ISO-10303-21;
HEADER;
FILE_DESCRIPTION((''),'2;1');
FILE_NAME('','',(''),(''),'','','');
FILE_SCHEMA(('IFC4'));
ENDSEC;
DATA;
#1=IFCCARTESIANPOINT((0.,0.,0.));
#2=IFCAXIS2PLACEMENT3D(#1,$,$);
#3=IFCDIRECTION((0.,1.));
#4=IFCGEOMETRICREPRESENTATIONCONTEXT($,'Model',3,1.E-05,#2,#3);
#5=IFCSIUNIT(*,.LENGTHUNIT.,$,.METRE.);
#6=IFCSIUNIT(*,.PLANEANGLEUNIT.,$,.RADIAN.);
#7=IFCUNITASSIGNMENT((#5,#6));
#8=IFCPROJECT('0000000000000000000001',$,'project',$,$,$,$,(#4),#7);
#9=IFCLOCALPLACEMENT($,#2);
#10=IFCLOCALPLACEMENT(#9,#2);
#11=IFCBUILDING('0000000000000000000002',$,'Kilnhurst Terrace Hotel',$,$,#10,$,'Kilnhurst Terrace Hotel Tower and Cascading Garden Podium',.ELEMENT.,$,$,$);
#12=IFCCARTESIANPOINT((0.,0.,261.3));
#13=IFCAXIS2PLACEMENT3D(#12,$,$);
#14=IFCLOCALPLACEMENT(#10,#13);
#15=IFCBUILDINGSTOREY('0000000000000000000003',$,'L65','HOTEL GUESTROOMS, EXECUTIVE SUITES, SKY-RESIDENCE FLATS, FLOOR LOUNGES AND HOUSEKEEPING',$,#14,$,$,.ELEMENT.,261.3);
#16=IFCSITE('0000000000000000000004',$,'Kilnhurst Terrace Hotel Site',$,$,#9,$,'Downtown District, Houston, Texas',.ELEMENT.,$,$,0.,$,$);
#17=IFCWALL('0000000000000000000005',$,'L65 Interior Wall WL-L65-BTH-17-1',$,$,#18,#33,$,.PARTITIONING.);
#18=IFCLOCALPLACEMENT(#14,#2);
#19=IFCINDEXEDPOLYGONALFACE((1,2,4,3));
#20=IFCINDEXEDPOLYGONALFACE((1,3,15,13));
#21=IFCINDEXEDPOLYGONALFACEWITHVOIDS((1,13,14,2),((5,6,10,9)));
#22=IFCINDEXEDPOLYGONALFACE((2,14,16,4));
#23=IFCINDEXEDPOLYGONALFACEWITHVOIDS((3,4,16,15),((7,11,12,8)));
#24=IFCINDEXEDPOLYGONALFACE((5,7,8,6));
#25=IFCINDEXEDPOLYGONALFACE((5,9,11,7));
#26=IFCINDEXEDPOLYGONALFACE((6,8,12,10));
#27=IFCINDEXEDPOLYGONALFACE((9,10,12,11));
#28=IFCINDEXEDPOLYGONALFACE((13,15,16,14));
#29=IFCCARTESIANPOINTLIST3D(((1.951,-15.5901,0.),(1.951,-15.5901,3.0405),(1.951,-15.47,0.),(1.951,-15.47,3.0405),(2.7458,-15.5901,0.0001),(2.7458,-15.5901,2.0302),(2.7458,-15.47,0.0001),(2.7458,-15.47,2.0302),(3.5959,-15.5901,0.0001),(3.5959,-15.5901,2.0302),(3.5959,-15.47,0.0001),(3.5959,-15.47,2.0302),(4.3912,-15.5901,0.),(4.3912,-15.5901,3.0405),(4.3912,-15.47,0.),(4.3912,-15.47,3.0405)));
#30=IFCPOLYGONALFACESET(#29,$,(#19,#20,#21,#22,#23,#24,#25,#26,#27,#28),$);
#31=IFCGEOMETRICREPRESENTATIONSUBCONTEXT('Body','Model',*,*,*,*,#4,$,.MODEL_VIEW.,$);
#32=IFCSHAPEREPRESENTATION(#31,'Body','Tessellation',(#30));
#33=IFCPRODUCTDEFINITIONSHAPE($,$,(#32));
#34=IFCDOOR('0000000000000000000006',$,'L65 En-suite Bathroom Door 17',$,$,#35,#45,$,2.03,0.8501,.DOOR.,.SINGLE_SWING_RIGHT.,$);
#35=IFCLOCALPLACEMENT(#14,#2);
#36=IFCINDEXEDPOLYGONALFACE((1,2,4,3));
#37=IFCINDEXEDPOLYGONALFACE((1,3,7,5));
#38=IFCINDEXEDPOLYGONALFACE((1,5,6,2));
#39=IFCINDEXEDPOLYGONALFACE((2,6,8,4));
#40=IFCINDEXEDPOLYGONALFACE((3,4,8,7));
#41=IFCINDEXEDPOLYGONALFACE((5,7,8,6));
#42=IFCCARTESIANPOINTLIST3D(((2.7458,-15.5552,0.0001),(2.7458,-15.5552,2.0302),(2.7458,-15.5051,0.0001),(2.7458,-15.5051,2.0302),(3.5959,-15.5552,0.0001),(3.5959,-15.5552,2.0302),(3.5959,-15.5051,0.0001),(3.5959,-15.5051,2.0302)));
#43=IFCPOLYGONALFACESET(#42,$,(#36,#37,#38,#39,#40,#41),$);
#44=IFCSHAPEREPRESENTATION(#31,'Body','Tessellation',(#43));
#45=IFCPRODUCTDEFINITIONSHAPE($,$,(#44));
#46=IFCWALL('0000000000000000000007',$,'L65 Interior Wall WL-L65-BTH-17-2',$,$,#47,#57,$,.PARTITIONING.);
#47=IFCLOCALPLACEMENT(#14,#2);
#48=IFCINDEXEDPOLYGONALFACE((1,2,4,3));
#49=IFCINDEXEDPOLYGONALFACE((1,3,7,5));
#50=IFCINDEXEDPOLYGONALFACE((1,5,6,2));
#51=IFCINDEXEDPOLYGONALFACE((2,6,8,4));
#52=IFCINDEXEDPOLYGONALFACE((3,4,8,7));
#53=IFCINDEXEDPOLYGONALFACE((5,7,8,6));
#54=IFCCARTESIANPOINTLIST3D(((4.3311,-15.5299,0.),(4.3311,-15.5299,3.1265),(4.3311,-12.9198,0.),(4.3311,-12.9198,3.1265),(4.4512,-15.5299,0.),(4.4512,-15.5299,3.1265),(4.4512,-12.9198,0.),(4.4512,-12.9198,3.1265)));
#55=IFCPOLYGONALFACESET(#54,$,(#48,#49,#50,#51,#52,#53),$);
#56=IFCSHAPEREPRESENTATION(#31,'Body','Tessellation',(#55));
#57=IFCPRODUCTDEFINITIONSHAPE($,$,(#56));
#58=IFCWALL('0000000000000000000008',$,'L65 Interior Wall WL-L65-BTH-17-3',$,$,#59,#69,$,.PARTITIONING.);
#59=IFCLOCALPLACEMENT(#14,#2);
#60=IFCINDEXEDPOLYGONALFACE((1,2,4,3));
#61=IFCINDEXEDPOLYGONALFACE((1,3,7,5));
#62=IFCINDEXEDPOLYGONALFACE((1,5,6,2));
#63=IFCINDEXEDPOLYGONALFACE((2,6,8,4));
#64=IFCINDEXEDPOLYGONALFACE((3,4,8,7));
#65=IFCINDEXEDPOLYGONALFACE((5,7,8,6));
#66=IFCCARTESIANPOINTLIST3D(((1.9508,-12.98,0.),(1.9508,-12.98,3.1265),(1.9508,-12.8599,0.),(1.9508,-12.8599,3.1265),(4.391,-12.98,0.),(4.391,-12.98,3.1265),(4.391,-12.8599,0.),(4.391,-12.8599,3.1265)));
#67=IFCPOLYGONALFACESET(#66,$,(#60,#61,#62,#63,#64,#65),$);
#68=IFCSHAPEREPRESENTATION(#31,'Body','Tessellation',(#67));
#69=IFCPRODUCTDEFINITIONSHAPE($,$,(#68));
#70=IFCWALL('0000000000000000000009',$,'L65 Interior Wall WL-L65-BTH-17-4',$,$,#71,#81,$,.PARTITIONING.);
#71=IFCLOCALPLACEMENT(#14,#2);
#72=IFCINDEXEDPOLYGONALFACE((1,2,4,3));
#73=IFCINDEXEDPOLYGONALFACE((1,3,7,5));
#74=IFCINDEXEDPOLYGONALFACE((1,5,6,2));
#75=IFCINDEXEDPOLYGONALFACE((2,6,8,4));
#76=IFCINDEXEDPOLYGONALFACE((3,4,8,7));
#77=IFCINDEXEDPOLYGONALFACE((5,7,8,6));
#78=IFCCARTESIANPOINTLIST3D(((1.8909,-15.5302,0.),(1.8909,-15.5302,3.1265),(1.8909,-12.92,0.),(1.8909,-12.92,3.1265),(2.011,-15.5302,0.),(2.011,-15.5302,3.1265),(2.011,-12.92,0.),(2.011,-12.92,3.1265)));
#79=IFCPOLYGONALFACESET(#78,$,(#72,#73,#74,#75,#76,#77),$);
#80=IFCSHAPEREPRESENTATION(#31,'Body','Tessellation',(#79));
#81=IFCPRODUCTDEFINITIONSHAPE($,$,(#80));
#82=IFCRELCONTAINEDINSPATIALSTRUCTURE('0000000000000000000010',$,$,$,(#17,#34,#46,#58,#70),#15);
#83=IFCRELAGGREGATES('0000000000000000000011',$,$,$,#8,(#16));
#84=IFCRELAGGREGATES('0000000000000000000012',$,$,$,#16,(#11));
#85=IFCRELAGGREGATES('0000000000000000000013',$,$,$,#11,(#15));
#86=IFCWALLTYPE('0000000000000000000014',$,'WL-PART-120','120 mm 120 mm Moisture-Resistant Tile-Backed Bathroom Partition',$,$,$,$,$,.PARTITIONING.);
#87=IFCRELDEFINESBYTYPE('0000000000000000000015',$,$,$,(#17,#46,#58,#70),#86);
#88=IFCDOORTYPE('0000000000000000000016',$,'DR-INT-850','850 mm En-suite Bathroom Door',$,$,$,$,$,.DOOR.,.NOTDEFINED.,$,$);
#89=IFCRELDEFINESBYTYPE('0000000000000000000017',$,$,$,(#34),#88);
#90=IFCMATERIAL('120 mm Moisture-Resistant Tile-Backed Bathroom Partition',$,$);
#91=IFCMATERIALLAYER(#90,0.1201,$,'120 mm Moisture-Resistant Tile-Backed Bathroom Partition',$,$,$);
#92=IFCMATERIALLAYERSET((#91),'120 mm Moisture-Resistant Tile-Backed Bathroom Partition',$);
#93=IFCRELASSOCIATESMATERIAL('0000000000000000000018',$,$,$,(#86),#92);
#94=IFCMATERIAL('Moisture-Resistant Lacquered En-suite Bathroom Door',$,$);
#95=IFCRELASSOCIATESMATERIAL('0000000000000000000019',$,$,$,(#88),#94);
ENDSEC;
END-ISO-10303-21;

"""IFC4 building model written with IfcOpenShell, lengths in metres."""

from ifc_helpers import new_model, si_unit, direction, frame, frame_2d, origin, place, context, subcontext, project, spatial, rectangle, extrude, material, layer, layer_set, type_object, element, fill, save


model = new_model("IFC4")

# Units and contexts
model_context = context("Model", 3, precision=1e-05, world=origin(), true_north=direction((0.0, 1.0)))
body_context = subcontext(model_context, "Body", "Model", "MODEL_VIEW")
ifc_project = project(units=[si_unit("LENGTHUNIT", "METRE"), si_unit("PLANEANGLEUNIT", "RADIAN")], contexts=[model_context])

# Site, building, storey
site_placement = place(None, origin())
site = spatial("IfcSite", under=ifc_project, at=site_placement, Name="Kilnhurst Terrace Hotel Site", LongName="Downtown District, Houston, Texas", CompositionType="ELEMENT", RefElevation=0.0)
building_placement = place(site_placement, origin())
building = spatial("IfcBuilding", under=site, at=building_placement, Name="Kilnhurst Terrace Hotel", LongName="Kilnhurst Terrace Hotel Tower and Cascading Garden Podium", CompositionType="ELEMENT")
storey_placement = place(building_placement, frame((0.0, 0.0, 261.3)))
storey = spatial("IfcBuildingStorey", under=building, at=storey_placement, Name="L65", Description="HOTEL GUESTROOMS, EXECUTIVE SUITES, SKY-RESIDENCE FLATS, FLOOR LOUNGES AND HOUSEKEEPING", CompositionType="ELEMENT", Elevation=261.3)

# Wall, opening, door
ifc_material_1 = material(Name="120 mm Moisture-Resistant Tile-Backed Bathroom Partition")
ifc_layer_1 = layer(ifc_material_1, 0.1201, Name="120 mm Moisture-Resistant Tile-Backed Bathroom Partition")
ifc_layer_set_1 = layer_set([ifc_layer_1], Name="120 mm Moisture-Resistant Tile-Backed Bathroom Partition")
wall_type_1 = type_object("IfcWallType", Name="WL-PART-120", Description="120 mm 120 mm Moisture-Resistant Tile-Backed Bathroom Partition", PredefinedType="PARTITIONING", material=ifc_layer_set_1)
wall_1_placement = place(storey_placement, frame((1.9509, -15.53, 0.0), z_axis=(0.0, 0.0, 1.0), x_axis=(1.0, 0.0, 0.0)))
wall_1 = element("IfcWall", 1, at=wall_1_placement, inside=storey, type_object=wall_type_1, Name="L65 Interior Wall WL-L65-BTH-17-1", PredefinedType="PARTITIONING", context=body_context, shape_type="SweptSolid", body=[
    extrude(rectangle(XDim=2.4402, YDim=0.1201, at=frame_2d((1.2202, 0.0))), origin(), (0.0, 0.0, 1.0), 3.0405),
])
opening_placement = place(wall_1_placement, frame((0.7949, 0.0, 0.0)))
opening = element("IfcOpeningElement", 2, at=opening_placement, cuts=wall_1, PredefinedType="OPENING", context=body_context, shape_type="SweptSolid", body=[
    extrude(rectangle(XDim=0.8501, YDim=2.03, at=frame_2d((0.425, 1.0151))), frame((0.0, 0.0701, 0.0), z_axis=(0.0, -1.0, 0.0), x_axis=(1.0, 0.0, 0.0)), (0.0, 0.0, 1.0), 0.1401),
])
ifc_material_2 = material(Name="Moisture-Resistant Lacquered En-suite Bathroom Door")
door_type = type_object("IfcDoorType", Name="DR-INT-850", Description="850 mm En-suite Bathroom Door", OperationType="NOTDEFINED", PredefinedType="DOOR", material=ifc_material_2)
door_placement = place(opening_placement, origin())
door = element("IfcDoor", 3, at=door_placement, inside=storey, type_object=door_type, Name="L65 En-suite Bathroom Door 17", OperationType="SINGLE_SWING_RIGHT", OverallHeight=2.03, OverallWidth=0.8501, PredefinedType="DOOR", context=body_context, shape_type="SweptSolid", body=[
    extrude(rectangle(XDim=0.8501, YDim=2.03, at=frame_2d((0.425, 1.0151))), frame((0.0, 0.0249, 0.0), z_axis=(0.0, -1.0, 0.0), x_axis=(1.0, 0.0, 0.0)), (0.0, 0.0, 1.0), 0.05),
])
fill(opening, door)

# Walls
wall_2_placement = place(storey_placement, frame((4.3911, -15.53, 0.0), z_axis=(0.0, 0.0, 1.0), x_axis=(0.0, 1.0, 0.0)))
element("IfcWall", 4, at=wall_2_placement, inside=storey, type_object=wall_type_1, Name="L65 Interior Wall WL-L65-BTH-17-2", PredefinedType="PARTITIONING", context=body_context, shape_type="SweptSolid", body=[
    extrude(rectangle(XDim=2.6101, YDim=0.1201, at=frame_2d((1.3052, 0.0))), origin(), (0.0, 0.0, 1.0), 3.1265),
])
wall_3_placement = place(storey_placement, frame((4.3911, -12.9199, 0.0), z_axis=(0.0, 0.0, 1.0), x_axis=(-1.0, 0.0, 0.0)))
element("IfcWall", 5, at=wall_3_placement, inside=storey, type_object=wall_type_1, Name="L65 Interior Wall WL-L65-BTH-17-3", PredefinedType="PARTITIONING", context=body_context, shape_type="SweptSolid", body=[
    extrude(rectangle(XDim=2.4402, YDim=0.1201, at=frame_2d((1.2202, 0.0))), origin(), (0.0, 0.0, 1.0), 3.1265),
])
wall_4_placement = place(storey_placement, frame((1.9509, -12.9199, 0.0), z_axis=(0.0, 0.0, 1.0), x_axis=(0.0, -1.0, 0.0)))
element("IfcWall", 6, at=wall_4_placement, inside=storey, type_object=wall_type_1, Name="L65 Interior Wall WL-L65-BTH-17-4", PredefinedType="PARTITIONING", context=body_context, shape_type="SweptSolid", body=[
    extrude(rectangle(XDim=2.6101, YDim=0.1201, at=frame_2d((1.3052, 0.0))), origin(), (0.0, 0.0, 1.0), 3.1265),
])

save(model, "model.ifc")
